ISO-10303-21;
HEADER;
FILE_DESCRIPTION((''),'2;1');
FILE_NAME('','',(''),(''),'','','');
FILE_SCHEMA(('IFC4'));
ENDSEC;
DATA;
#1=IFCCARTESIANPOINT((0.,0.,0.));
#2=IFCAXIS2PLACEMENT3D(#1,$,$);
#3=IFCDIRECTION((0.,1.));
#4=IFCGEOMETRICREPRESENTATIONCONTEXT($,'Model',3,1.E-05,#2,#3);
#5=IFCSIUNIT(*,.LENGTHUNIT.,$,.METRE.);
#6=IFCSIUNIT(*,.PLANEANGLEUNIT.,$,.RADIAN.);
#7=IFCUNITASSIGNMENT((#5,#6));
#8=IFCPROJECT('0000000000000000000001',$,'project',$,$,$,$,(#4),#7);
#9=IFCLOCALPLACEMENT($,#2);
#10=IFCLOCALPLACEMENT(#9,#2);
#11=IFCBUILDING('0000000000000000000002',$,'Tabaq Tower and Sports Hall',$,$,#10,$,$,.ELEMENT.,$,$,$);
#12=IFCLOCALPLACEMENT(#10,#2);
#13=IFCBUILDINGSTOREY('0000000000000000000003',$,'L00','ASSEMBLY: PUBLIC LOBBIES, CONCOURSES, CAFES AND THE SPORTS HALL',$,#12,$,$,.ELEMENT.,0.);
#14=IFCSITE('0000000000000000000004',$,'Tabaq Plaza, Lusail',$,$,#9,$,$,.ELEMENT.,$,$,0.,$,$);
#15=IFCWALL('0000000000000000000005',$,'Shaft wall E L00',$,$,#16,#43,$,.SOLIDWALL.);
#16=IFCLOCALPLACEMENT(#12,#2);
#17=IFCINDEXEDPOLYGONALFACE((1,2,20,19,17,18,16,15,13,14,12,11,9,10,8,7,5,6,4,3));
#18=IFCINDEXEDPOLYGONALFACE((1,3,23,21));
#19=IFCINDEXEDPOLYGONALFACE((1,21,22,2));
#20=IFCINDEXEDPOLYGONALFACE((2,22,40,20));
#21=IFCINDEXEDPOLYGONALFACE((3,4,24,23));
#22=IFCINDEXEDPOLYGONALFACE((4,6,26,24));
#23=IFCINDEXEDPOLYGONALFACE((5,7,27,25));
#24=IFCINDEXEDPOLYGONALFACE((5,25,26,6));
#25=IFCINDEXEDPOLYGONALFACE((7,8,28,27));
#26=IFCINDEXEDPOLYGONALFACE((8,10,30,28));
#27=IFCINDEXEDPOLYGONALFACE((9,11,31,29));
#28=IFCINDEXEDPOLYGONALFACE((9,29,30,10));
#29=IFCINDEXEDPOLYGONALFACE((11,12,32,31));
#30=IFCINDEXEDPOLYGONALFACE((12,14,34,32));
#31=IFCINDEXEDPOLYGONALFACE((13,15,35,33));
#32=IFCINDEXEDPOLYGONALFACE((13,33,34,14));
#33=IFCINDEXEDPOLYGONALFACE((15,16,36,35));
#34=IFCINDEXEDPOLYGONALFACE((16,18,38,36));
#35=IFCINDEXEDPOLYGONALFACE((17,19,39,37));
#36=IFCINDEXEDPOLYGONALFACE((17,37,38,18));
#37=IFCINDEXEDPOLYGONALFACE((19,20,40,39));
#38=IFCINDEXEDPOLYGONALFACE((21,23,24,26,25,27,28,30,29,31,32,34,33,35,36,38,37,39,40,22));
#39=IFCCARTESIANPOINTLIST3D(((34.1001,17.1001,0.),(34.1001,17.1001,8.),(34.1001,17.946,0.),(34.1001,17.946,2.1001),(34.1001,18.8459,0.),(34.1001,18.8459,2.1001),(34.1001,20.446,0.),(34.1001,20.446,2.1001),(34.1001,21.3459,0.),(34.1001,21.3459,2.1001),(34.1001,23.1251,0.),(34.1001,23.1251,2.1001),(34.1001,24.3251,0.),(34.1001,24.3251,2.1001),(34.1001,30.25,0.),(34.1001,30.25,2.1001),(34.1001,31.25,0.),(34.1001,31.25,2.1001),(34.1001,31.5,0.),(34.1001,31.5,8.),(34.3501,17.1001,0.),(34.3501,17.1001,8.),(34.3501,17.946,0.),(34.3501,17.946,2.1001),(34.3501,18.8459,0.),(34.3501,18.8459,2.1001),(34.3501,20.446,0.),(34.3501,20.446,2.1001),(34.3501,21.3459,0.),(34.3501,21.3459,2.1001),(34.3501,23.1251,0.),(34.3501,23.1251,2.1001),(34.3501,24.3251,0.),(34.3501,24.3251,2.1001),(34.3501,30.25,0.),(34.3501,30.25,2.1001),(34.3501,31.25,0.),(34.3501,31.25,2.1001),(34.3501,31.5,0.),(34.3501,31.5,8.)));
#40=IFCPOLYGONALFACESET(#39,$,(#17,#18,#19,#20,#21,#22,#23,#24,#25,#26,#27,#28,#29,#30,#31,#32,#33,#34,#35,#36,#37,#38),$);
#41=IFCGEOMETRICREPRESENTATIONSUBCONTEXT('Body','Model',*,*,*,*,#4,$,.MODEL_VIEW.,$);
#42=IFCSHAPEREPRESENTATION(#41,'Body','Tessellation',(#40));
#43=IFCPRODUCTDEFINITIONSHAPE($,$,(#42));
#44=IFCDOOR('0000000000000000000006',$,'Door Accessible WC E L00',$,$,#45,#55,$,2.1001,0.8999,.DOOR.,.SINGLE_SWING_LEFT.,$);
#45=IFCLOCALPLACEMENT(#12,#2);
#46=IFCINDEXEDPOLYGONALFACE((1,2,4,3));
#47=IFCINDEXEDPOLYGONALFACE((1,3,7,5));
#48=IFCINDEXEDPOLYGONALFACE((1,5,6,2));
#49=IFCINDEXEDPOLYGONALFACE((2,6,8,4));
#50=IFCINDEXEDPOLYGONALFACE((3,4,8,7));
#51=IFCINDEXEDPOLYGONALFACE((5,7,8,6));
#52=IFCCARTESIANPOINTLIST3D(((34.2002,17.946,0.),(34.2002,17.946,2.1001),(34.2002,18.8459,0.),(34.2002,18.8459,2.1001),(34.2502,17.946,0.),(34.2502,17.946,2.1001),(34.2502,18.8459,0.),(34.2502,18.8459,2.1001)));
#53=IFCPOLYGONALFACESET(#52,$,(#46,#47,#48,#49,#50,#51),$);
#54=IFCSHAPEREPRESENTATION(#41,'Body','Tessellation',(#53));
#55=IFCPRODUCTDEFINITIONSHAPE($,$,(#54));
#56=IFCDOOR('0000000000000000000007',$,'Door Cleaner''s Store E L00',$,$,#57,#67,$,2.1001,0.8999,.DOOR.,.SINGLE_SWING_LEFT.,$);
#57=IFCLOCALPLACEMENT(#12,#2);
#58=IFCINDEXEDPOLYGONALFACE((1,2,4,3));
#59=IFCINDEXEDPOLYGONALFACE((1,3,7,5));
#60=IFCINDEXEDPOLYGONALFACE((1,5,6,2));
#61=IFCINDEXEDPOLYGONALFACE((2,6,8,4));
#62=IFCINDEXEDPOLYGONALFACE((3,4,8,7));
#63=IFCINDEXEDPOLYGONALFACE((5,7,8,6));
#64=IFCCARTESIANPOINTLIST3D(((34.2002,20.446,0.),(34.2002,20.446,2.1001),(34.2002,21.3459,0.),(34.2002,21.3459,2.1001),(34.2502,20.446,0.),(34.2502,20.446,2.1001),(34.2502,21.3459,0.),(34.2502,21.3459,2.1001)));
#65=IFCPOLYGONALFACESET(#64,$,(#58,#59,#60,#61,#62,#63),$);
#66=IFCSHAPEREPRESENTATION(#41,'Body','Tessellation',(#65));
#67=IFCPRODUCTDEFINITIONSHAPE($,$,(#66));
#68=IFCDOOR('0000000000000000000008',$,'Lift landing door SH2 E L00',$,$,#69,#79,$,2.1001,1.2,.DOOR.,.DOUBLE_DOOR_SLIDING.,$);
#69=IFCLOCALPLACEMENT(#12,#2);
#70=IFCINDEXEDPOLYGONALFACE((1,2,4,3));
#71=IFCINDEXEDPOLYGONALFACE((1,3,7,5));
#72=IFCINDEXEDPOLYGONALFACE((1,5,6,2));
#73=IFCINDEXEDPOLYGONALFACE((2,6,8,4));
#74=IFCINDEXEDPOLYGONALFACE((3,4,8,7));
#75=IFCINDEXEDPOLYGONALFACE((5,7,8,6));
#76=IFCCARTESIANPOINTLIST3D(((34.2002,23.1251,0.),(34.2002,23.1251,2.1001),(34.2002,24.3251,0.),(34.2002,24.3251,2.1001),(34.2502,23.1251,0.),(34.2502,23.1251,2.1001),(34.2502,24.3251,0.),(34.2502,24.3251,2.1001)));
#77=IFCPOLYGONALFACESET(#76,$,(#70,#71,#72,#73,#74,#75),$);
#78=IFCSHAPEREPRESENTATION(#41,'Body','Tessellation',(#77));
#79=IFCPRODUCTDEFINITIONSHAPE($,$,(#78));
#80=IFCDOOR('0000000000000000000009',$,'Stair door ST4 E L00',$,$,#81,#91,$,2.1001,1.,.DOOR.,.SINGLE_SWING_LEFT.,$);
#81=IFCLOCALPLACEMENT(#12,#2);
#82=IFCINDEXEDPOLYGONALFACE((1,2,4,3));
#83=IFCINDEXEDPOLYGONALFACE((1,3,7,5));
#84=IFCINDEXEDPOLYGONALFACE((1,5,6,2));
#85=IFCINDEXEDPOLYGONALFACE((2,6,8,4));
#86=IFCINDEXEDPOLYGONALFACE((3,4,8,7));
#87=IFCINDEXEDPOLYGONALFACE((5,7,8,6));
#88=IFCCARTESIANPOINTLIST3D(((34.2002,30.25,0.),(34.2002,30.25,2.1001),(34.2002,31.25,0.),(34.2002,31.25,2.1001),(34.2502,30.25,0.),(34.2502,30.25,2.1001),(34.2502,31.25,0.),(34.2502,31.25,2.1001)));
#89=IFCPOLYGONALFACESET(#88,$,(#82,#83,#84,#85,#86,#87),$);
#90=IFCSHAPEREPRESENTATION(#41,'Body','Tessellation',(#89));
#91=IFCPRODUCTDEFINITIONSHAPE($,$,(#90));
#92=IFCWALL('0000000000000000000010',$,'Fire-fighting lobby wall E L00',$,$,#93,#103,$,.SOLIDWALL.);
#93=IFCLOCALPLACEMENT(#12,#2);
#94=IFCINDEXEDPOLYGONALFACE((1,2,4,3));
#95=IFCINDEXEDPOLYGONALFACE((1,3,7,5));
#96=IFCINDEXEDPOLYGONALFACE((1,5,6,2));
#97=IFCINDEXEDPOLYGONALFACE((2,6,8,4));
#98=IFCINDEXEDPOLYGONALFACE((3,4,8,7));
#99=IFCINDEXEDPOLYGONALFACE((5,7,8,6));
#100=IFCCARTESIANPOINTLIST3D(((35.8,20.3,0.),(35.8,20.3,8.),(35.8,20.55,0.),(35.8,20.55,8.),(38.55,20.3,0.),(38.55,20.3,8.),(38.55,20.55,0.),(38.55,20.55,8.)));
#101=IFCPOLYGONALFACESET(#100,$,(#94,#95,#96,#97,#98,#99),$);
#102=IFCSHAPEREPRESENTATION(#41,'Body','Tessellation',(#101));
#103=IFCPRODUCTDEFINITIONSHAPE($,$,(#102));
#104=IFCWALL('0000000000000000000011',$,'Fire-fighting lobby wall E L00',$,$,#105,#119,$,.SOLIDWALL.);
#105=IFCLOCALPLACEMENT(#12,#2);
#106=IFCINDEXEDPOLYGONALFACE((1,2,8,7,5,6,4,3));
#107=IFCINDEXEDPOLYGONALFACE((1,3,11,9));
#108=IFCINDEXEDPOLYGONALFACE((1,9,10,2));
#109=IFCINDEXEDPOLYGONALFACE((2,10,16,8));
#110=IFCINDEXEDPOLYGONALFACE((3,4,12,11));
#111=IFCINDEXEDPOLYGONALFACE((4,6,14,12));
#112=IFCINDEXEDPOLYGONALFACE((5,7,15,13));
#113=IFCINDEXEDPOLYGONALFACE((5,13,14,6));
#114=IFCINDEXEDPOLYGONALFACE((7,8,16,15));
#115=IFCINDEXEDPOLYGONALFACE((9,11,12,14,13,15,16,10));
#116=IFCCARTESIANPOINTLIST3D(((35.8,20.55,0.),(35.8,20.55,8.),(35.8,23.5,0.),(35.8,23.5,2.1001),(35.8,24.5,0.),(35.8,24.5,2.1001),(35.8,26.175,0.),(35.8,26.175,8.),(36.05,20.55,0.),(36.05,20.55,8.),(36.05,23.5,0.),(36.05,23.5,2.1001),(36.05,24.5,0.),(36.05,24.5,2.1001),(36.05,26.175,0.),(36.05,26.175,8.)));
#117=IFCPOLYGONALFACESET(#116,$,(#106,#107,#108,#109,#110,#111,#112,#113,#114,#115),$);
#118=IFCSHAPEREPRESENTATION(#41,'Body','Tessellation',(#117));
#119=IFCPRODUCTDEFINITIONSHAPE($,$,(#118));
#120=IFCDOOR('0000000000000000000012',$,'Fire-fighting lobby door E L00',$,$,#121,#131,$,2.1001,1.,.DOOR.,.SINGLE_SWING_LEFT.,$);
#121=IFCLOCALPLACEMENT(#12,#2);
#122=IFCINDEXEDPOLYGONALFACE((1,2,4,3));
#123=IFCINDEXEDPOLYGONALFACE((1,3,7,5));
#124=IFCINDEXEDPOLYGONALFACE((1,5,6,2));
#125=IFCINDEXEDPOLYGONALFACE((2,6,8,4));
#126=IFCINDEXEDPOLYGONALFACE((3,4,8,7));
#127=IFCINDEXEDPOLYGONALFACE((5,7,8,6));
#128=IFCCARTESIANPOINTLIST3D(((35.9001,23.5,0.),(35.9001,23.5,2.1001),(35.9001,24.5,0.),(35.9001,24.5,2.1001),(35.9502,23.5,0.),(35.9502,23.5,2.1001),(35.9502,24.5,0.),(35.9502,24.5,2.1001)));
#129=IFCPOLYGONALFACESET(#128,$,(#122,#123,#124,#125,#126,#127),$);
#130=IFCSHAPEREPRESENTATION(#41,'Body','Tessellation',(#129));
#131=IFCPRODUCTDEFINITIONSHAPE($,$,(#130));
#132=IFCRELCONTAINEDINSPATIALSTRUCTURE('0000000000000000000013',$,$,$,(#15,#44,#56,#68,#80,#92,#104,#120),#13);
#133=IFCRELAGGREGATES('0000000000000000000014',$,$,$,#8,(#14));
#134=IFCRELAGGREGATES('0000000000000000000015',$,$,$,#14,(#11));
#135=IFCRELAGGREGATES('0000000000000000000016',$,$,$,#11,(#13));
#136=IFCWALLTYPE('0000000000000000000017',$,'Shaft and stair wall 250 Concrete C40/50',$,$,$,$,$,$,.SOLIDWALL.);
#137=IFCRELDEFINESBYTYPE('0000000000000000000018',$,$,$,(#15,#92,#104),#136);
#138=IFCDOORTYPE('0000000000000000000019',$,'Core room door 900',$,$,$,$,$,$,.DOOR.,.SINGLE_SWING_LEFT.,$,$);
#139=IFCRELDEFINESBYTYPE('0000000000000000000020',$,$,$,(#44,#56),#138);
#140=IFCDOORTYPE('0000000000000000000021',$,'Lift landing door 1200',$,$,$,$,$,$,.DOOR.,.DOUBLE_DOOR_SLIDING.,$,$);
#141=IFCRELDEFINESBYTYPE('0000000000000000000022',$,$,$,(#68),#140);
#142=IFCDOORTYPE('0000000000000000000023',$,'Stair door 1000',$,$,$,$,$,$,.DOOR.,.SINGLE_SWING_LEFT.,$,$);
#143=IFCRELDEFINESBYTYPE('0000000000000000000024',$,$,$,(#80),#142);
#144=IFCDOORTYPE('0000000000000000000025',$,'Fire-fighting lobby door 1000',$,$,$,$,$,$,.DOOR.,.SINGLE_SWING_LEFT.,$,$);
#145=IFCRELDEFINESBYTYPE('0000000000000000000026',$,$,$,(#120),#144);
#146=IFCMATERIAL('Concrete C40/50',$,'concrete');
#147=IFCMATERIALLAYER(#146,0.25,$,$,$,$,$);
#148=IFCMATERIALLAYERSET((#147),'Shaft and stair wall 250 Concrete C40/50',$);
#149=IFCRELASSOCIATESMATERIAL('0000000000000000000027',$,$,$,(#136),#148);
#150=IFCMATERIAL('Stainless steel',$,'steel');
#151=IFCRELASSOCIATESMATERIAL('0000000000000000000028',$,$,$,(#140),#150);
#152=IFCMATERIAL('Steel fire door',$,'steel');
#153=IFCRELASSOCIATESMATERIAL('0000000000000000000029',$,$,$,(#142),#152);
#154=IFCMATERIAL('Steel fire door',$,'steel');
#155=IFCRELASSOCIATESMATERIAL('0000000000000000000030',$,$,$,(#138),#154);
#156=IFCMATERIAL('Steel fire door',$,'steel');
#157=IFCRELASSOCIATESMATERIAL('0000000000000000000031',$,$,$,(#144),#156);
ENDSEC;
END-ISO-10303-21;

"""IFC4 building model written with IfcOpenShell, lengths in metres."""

from ifc_helpers import new_model, si_unit, direction, frame, frame_2d, origin, place, context, subcontext, project, spatial, rectangle, extrude, material, layer, layer_set, type_object, element, fill, save


model = new_model("IFC4")

# Units and contexts
model_context = context("Model", 3, precision=1e-05, world=origin(), true_north=direction((0.0, 1.0)))
body_context = subcontext(model_context, "Body", "Model", "MODEL_VIEW")
ifc_project = project(units=[si_unit("LENGTHUNIT", "METRE"), si_unit("PLANEANGLEUNIT", "RADIAN")], contexts=[model_context])

# Site, building, storey
site_placement = place(None, origin())
site = spatial("IfcSite", under=ifc_project, at=site_placement, Name="Tabaq Plaza, Lusail", CompositionType="ELEMENT", RefElevation=0.0)
building_placement = place(site_placement, origin())
building = spatial("IfcBuilding", under=site, at=building_placement, Name="Tabaq Tower and Sports Hall", CompositionType="ELEMENT")
storey_placement = place(building_placement, origin())
storey = spatial("IfcBuildingStorey", under=building, at=storey_placement, Name="L00", Description="ASSEMBLY: PUBLIC LOBBIES, CONCOURSES, CAFES AND THE SPORTS HALL", CompositionType="ELEMENT", Elevation=0.0)

# Wall, openings, doors
ifc_material_1 = material(Name="Concrete C40/50", Category="concrete")
ifc_layer_1 = layer(ifc_material_1, 0.25)
ifc_layer_set_1 = layer_set([ifc_layer_1], Name="Shaft and stair wall 250 Concrete C40/50")
wall_type_1 = type_object("IfcWallType", Name="Shaft and stair wall 250 Concrete C40/50", PredefinedType="SOLIDWALL", material=ifc_layer_set_1)
ifc_material_2 = material(Name="Stainless steel", Category="steel")
door_type_1 = type_object("IfcDoorType", Name="Lift landing door 1200", OperationType="DOUBLE_DOOR_SLIDING", PredefinedType="DOOR", material=ifc_material_2)
ifc_material_3 = material(Name="Steel fire door", Category="steel")
door_type_2 = type_object("IfcDoorType", Name="Stair door 1000", OperationType="SINGLE_SWING_LEFT", PredefinedType="DOOR", material=ifc_material_3)
wall_1_placement = place(storey_placement, frame((34.2251, 17.1001, 0.0), z_axis=(0.0, 0.0, 1.0), x_axis=(0.0, 1.0, 0.0)))
wall_1 = element("IfcWall", 1, at=wall_1_placement, inside=storey, type_object=wall_type_1, Name="Shaft wall E L00", PredefinedType="SOLIDWALL", context=body_context, shape_type="SweptSolid", body=[
    extrude(rectangle(XDim=14.3999, YDim=0.25, at=frame_2d((7.2, 0.0))), origin(), (0.0, 0.0, 1.0), 8.0),
])
opening_1_placement = place(wall_1_placement, frame((13.1499, 0.0, 0.0)))
opening_1 = element("IfcOpeningElement", 2, at=opening_1_placement, cuts=wall_1, PredefinedType="OPENING", context=body_context, shape_type="SweptSolid", body=[
    extrude(rectangle(XDim=1.0, YDim=2.1001, at=frame_2d((0.5, 1.05))), frame((0.0, 0.125, 0.0), z_axis=(0.0, -1.0, 0.0), x_axis=(1.0, 0.0, 0.0)), (0.0, 0.0, 1.0), 0.25),
])
opening_2_placement = place(wall_1_placement, frame((6.0249, 0.0, 0.0)))
opening_2 = element("IfcOpeningElement", 3, at=opening_2_placement, cuts=wall_1, PredefinedType="OPENING", context=body_context, shape_type="SweptSolid", body=[
    extrude(rectangle(XDim=1.2, YDim=2.1001, at=frame_2d((0.6001, 1.05))), frame((0.0, 0.125, 0.0), z_axis=(0.0, -1.0, 0.0), x_axis=(1.0, 0.0, 0.0)), (0.0, 0.0, 1.0), 0.25),
])
opening_3_placement = place(wall_1_placement, frame((0.8459, 0.0, 0.0)))
opening_3 = element("IfcOpeningElement", 4, at=opening_3_placement, cuts=wall_1, PredefinedType="OPENING", context=body_context, shape_type="SweptSolid", body=[
    extrude(rectangle(XDim=0.8999, YDim=2.1001, at=frame_2d((0.45, 1.05))), frame((0.0, 0.125, 0.0), z_axis=(0.0, -1.0, 0.0), x_axis=(1.0, 0.0, 0.0)), (0.0, 0.0, 1.0), 0.25),
])
opening_4_placement = place(wall_1_placement, frame((3.3459, 0.0, 0.0)))
opening_4 = element("IfcOpeningElement", 5, at=opening_4_placement, cuts=wall_1, PredefinedType="OPENING", context=body_context, shape_type="SweptSolid", body=[
    extrude(rectangle(XDim=0.8999, YDim=2.1001, at=frame_2d((0.45, 1.05))), frame((0.0, 0.125, 0.0), z_axis=(0.0, -1.0, 0.0), x_axis=(1.0, 0.0, 0.0)), (0.0, 0.0, 1.0), 0.25),
])
ifc_material_4 = material(Name="Steel fire door", Category="steel")
door_type_3 = type_object("IfcDoorType", Name="Core room door 900", OperationType="SINGLE_SWING_LEFT", PredefinedType="DOOR", material=ifc_material_4)
door_1_placement = place(opening_3_placement, origin())
door_1 = element("IfcDoor", 6, at=door_1_placement, inside=storey, type_object=door_type_3, Name="Door Accessible WC E L00", OperationType="SINGLE_SWING_LEFT", OverallHeight=2.1001, OverallWidth=0.8999, PredefinedType="DOOR", context=body_context, shape_type="SweptSolid", body=[
    extrude(rectangle(XDim=0.8999, YDim=2.1001, at=frame_2d((0.45, 1.05))), frame((0.0, 0.0249, 0.0), z_axis=(0.0, -1.0, 0.0), x_axis=(1.0, 0.0, 0.0)), (0.0, 0.0, 1.0), 0.05),
])
fill(opening_3, door_1)
door_2_placement = place(opening_4_placement, origin())
door_2 = element("IfcDoor", 7, at=door_2_placement, inside=storey, type_object=door_type_3, Name="Door Cleaner's Store E L00", OperationType="SINGLE_SWING_LEFT", OverallHeight=2.1001, OverallWidth=0.8999, PredefinedType="DOOR", context=body_context, shape_type="SweptSolid", body=[
    extrude(rectangle(XDim=0.8999, YDim=2.1001, at=frame_2d((0.45, 1.05))), frame((0.0, 0.0249, 0.0), z_axis=(0.0, -1.0, 0.0), x_axis=(1.0, 0.0, 0.0)), (0.0, 0.0, 1.0), 0.05),
])
fill(opening_4, door_2)
door_3_placement = place(opening_2_placement, origin())
door_3 = element("IfcDoor", 8, at=door_3_placement, inside=storey, type_object=door_type_1, Name="Lift landing door SH2 E L00", OperationType="DOUBLE_DOOR_SLIDING", OverallHeight=2.1001, OverallWidth=1.2, PredefinedType="DOOR", context=body_context, shape_type="SweptSolid", body=[
    extrude(rectangle(XDim=1.2, YDim=2.1001, at=frame_2d((0.6001, 1.05))), frame((0.0, 0.0249, 0.0), z_axis=(0.0, -1.0, 0.0), x_axis=(1.0, 0.0, 0.0)), (0.0, 0.0, 1.0), 0.05),
])
fill(opening_2, door_3)
door_4_placement = place(opening_1_placement, origin())
door_4 = element("IfcDoor", 9, at=door_4_placement, inside=storey, type_object=door_type_2, Name="Stair door ST4 E L00", OperationType="SINGLE_SWING_LEFT", OverallHeight=2.1001, OverallWidth=1.0, PredefinedType="DOOR", context=body_context, shape_type="SweptSolid", body=[
    extrude(rectangle(XDim=1.0, YDim=2.1001, at=frame_2d((0.5, 1.05))), frame((0.0, 0.0249, 0.0), z_axis=(0.0, -1.0, 0.0), x_axis=(1.0, 0.0, 0.0)), (0.0, 0.0, 1.0), 0.05),
])
fill(opening_1, door_4)

# Wall
wall_2_placement = place(storey_placement, frame((35.8, 20.425, 0.0), z_axis=(0.0, 0.0, 1.0), x_axis=(1.0, 0.0, 0.0)))
element("IfcWall", 10, at=wall_2_placement, inside=storey, type_object=wall_type_1, Name="Fire-fighting lobby wall E L00", PredefinedType="SOLIDWALL", context=body_context, shape_type="SweptSolid", body=[
    extrude(rectangle(XDim=2.75, YDim=0.25, at=frame_2d((1.375, 0.0))), origin(), (0.0, 0.0, 1.0), 8.0),
])

# Wall, opening, door
wall_3_placement = place(storey_placement, frame((35.925, 20.55, 0.0), z_axis=(0.0, 0.0, 1.0), x_axis=(0.0, 1.0, 0.0)))
wall_3 = element("IfcWall", 11, at=wall_3_placement, inside=storey, type_object=wall_type_1, Name="Fire-fighting lobby wall E L00", PredefinedType="SOLIDWALL", context=body_context, shape_type="SweptSolid", body=[
    extrude(rectangle(XDim=5.625, YDim=0.25, at=frame_2d((2.8125, 0.0))), origin(), (0.0, 0.0, 1.0), 8.0),
])
opening_5_placement = place(wall_3_placement, frame((2.95, 0.0, 0.0)))
opening_5 = element("IfcOpeningElement", 12, at=opening_5_placement, cuts=wall_3, PredefinedType="OPENING", context=body_context, shape_type="SweptSolid", body=[
    extrude(rectangle(XDim=1.0, YDim=2.1001, at=frame_2d((0.5, 1.05))), frame((0.0, 0.125, 0.0), z_axis=(0.0, -1.0, 0.0), x_axis=(1.0, 0.0, 0.0)), (0.0, 0.0, 1.0), 0.25),
])
ifc_material_5 = material(Name="Steel fire door", Category="steel")
door_type_4 = type_object("IfcDoorType", Name="Fire-fighting lobby door 1000", OperationType="SINGLE_SWING_LEFT", PredefinedType="DOOR", material=ifc_material_5)
door_5_placement = place(opening_5_placement, origin())
door_5 = element("IfcDoor", 13, at=door_5_placement, inside=storey, type_object=door_type_4, Name="Fire-fighting lobby door E L00", OperationType="SINGLE_SWING_LEFT", OverallHeight=2.1001, OverallWidth=1.0, PredefinedType="DOOR", context=body_context, shape_type="SweptSolid", body=[
    extrude(rectangle(XDim=1.0, YDim=2.1001, at=frame_2d((0.5, 1.05))), frame((0.0, 0.0249, 0.0), z_axis=(0.0, -1.0, 0.0), x_axis=(1.0, 0.0, 0.0)), (0.0, 0.0, 1.0), 0.05),
])
fill(opening_5, door_5)

save(model, "model.ifc")
